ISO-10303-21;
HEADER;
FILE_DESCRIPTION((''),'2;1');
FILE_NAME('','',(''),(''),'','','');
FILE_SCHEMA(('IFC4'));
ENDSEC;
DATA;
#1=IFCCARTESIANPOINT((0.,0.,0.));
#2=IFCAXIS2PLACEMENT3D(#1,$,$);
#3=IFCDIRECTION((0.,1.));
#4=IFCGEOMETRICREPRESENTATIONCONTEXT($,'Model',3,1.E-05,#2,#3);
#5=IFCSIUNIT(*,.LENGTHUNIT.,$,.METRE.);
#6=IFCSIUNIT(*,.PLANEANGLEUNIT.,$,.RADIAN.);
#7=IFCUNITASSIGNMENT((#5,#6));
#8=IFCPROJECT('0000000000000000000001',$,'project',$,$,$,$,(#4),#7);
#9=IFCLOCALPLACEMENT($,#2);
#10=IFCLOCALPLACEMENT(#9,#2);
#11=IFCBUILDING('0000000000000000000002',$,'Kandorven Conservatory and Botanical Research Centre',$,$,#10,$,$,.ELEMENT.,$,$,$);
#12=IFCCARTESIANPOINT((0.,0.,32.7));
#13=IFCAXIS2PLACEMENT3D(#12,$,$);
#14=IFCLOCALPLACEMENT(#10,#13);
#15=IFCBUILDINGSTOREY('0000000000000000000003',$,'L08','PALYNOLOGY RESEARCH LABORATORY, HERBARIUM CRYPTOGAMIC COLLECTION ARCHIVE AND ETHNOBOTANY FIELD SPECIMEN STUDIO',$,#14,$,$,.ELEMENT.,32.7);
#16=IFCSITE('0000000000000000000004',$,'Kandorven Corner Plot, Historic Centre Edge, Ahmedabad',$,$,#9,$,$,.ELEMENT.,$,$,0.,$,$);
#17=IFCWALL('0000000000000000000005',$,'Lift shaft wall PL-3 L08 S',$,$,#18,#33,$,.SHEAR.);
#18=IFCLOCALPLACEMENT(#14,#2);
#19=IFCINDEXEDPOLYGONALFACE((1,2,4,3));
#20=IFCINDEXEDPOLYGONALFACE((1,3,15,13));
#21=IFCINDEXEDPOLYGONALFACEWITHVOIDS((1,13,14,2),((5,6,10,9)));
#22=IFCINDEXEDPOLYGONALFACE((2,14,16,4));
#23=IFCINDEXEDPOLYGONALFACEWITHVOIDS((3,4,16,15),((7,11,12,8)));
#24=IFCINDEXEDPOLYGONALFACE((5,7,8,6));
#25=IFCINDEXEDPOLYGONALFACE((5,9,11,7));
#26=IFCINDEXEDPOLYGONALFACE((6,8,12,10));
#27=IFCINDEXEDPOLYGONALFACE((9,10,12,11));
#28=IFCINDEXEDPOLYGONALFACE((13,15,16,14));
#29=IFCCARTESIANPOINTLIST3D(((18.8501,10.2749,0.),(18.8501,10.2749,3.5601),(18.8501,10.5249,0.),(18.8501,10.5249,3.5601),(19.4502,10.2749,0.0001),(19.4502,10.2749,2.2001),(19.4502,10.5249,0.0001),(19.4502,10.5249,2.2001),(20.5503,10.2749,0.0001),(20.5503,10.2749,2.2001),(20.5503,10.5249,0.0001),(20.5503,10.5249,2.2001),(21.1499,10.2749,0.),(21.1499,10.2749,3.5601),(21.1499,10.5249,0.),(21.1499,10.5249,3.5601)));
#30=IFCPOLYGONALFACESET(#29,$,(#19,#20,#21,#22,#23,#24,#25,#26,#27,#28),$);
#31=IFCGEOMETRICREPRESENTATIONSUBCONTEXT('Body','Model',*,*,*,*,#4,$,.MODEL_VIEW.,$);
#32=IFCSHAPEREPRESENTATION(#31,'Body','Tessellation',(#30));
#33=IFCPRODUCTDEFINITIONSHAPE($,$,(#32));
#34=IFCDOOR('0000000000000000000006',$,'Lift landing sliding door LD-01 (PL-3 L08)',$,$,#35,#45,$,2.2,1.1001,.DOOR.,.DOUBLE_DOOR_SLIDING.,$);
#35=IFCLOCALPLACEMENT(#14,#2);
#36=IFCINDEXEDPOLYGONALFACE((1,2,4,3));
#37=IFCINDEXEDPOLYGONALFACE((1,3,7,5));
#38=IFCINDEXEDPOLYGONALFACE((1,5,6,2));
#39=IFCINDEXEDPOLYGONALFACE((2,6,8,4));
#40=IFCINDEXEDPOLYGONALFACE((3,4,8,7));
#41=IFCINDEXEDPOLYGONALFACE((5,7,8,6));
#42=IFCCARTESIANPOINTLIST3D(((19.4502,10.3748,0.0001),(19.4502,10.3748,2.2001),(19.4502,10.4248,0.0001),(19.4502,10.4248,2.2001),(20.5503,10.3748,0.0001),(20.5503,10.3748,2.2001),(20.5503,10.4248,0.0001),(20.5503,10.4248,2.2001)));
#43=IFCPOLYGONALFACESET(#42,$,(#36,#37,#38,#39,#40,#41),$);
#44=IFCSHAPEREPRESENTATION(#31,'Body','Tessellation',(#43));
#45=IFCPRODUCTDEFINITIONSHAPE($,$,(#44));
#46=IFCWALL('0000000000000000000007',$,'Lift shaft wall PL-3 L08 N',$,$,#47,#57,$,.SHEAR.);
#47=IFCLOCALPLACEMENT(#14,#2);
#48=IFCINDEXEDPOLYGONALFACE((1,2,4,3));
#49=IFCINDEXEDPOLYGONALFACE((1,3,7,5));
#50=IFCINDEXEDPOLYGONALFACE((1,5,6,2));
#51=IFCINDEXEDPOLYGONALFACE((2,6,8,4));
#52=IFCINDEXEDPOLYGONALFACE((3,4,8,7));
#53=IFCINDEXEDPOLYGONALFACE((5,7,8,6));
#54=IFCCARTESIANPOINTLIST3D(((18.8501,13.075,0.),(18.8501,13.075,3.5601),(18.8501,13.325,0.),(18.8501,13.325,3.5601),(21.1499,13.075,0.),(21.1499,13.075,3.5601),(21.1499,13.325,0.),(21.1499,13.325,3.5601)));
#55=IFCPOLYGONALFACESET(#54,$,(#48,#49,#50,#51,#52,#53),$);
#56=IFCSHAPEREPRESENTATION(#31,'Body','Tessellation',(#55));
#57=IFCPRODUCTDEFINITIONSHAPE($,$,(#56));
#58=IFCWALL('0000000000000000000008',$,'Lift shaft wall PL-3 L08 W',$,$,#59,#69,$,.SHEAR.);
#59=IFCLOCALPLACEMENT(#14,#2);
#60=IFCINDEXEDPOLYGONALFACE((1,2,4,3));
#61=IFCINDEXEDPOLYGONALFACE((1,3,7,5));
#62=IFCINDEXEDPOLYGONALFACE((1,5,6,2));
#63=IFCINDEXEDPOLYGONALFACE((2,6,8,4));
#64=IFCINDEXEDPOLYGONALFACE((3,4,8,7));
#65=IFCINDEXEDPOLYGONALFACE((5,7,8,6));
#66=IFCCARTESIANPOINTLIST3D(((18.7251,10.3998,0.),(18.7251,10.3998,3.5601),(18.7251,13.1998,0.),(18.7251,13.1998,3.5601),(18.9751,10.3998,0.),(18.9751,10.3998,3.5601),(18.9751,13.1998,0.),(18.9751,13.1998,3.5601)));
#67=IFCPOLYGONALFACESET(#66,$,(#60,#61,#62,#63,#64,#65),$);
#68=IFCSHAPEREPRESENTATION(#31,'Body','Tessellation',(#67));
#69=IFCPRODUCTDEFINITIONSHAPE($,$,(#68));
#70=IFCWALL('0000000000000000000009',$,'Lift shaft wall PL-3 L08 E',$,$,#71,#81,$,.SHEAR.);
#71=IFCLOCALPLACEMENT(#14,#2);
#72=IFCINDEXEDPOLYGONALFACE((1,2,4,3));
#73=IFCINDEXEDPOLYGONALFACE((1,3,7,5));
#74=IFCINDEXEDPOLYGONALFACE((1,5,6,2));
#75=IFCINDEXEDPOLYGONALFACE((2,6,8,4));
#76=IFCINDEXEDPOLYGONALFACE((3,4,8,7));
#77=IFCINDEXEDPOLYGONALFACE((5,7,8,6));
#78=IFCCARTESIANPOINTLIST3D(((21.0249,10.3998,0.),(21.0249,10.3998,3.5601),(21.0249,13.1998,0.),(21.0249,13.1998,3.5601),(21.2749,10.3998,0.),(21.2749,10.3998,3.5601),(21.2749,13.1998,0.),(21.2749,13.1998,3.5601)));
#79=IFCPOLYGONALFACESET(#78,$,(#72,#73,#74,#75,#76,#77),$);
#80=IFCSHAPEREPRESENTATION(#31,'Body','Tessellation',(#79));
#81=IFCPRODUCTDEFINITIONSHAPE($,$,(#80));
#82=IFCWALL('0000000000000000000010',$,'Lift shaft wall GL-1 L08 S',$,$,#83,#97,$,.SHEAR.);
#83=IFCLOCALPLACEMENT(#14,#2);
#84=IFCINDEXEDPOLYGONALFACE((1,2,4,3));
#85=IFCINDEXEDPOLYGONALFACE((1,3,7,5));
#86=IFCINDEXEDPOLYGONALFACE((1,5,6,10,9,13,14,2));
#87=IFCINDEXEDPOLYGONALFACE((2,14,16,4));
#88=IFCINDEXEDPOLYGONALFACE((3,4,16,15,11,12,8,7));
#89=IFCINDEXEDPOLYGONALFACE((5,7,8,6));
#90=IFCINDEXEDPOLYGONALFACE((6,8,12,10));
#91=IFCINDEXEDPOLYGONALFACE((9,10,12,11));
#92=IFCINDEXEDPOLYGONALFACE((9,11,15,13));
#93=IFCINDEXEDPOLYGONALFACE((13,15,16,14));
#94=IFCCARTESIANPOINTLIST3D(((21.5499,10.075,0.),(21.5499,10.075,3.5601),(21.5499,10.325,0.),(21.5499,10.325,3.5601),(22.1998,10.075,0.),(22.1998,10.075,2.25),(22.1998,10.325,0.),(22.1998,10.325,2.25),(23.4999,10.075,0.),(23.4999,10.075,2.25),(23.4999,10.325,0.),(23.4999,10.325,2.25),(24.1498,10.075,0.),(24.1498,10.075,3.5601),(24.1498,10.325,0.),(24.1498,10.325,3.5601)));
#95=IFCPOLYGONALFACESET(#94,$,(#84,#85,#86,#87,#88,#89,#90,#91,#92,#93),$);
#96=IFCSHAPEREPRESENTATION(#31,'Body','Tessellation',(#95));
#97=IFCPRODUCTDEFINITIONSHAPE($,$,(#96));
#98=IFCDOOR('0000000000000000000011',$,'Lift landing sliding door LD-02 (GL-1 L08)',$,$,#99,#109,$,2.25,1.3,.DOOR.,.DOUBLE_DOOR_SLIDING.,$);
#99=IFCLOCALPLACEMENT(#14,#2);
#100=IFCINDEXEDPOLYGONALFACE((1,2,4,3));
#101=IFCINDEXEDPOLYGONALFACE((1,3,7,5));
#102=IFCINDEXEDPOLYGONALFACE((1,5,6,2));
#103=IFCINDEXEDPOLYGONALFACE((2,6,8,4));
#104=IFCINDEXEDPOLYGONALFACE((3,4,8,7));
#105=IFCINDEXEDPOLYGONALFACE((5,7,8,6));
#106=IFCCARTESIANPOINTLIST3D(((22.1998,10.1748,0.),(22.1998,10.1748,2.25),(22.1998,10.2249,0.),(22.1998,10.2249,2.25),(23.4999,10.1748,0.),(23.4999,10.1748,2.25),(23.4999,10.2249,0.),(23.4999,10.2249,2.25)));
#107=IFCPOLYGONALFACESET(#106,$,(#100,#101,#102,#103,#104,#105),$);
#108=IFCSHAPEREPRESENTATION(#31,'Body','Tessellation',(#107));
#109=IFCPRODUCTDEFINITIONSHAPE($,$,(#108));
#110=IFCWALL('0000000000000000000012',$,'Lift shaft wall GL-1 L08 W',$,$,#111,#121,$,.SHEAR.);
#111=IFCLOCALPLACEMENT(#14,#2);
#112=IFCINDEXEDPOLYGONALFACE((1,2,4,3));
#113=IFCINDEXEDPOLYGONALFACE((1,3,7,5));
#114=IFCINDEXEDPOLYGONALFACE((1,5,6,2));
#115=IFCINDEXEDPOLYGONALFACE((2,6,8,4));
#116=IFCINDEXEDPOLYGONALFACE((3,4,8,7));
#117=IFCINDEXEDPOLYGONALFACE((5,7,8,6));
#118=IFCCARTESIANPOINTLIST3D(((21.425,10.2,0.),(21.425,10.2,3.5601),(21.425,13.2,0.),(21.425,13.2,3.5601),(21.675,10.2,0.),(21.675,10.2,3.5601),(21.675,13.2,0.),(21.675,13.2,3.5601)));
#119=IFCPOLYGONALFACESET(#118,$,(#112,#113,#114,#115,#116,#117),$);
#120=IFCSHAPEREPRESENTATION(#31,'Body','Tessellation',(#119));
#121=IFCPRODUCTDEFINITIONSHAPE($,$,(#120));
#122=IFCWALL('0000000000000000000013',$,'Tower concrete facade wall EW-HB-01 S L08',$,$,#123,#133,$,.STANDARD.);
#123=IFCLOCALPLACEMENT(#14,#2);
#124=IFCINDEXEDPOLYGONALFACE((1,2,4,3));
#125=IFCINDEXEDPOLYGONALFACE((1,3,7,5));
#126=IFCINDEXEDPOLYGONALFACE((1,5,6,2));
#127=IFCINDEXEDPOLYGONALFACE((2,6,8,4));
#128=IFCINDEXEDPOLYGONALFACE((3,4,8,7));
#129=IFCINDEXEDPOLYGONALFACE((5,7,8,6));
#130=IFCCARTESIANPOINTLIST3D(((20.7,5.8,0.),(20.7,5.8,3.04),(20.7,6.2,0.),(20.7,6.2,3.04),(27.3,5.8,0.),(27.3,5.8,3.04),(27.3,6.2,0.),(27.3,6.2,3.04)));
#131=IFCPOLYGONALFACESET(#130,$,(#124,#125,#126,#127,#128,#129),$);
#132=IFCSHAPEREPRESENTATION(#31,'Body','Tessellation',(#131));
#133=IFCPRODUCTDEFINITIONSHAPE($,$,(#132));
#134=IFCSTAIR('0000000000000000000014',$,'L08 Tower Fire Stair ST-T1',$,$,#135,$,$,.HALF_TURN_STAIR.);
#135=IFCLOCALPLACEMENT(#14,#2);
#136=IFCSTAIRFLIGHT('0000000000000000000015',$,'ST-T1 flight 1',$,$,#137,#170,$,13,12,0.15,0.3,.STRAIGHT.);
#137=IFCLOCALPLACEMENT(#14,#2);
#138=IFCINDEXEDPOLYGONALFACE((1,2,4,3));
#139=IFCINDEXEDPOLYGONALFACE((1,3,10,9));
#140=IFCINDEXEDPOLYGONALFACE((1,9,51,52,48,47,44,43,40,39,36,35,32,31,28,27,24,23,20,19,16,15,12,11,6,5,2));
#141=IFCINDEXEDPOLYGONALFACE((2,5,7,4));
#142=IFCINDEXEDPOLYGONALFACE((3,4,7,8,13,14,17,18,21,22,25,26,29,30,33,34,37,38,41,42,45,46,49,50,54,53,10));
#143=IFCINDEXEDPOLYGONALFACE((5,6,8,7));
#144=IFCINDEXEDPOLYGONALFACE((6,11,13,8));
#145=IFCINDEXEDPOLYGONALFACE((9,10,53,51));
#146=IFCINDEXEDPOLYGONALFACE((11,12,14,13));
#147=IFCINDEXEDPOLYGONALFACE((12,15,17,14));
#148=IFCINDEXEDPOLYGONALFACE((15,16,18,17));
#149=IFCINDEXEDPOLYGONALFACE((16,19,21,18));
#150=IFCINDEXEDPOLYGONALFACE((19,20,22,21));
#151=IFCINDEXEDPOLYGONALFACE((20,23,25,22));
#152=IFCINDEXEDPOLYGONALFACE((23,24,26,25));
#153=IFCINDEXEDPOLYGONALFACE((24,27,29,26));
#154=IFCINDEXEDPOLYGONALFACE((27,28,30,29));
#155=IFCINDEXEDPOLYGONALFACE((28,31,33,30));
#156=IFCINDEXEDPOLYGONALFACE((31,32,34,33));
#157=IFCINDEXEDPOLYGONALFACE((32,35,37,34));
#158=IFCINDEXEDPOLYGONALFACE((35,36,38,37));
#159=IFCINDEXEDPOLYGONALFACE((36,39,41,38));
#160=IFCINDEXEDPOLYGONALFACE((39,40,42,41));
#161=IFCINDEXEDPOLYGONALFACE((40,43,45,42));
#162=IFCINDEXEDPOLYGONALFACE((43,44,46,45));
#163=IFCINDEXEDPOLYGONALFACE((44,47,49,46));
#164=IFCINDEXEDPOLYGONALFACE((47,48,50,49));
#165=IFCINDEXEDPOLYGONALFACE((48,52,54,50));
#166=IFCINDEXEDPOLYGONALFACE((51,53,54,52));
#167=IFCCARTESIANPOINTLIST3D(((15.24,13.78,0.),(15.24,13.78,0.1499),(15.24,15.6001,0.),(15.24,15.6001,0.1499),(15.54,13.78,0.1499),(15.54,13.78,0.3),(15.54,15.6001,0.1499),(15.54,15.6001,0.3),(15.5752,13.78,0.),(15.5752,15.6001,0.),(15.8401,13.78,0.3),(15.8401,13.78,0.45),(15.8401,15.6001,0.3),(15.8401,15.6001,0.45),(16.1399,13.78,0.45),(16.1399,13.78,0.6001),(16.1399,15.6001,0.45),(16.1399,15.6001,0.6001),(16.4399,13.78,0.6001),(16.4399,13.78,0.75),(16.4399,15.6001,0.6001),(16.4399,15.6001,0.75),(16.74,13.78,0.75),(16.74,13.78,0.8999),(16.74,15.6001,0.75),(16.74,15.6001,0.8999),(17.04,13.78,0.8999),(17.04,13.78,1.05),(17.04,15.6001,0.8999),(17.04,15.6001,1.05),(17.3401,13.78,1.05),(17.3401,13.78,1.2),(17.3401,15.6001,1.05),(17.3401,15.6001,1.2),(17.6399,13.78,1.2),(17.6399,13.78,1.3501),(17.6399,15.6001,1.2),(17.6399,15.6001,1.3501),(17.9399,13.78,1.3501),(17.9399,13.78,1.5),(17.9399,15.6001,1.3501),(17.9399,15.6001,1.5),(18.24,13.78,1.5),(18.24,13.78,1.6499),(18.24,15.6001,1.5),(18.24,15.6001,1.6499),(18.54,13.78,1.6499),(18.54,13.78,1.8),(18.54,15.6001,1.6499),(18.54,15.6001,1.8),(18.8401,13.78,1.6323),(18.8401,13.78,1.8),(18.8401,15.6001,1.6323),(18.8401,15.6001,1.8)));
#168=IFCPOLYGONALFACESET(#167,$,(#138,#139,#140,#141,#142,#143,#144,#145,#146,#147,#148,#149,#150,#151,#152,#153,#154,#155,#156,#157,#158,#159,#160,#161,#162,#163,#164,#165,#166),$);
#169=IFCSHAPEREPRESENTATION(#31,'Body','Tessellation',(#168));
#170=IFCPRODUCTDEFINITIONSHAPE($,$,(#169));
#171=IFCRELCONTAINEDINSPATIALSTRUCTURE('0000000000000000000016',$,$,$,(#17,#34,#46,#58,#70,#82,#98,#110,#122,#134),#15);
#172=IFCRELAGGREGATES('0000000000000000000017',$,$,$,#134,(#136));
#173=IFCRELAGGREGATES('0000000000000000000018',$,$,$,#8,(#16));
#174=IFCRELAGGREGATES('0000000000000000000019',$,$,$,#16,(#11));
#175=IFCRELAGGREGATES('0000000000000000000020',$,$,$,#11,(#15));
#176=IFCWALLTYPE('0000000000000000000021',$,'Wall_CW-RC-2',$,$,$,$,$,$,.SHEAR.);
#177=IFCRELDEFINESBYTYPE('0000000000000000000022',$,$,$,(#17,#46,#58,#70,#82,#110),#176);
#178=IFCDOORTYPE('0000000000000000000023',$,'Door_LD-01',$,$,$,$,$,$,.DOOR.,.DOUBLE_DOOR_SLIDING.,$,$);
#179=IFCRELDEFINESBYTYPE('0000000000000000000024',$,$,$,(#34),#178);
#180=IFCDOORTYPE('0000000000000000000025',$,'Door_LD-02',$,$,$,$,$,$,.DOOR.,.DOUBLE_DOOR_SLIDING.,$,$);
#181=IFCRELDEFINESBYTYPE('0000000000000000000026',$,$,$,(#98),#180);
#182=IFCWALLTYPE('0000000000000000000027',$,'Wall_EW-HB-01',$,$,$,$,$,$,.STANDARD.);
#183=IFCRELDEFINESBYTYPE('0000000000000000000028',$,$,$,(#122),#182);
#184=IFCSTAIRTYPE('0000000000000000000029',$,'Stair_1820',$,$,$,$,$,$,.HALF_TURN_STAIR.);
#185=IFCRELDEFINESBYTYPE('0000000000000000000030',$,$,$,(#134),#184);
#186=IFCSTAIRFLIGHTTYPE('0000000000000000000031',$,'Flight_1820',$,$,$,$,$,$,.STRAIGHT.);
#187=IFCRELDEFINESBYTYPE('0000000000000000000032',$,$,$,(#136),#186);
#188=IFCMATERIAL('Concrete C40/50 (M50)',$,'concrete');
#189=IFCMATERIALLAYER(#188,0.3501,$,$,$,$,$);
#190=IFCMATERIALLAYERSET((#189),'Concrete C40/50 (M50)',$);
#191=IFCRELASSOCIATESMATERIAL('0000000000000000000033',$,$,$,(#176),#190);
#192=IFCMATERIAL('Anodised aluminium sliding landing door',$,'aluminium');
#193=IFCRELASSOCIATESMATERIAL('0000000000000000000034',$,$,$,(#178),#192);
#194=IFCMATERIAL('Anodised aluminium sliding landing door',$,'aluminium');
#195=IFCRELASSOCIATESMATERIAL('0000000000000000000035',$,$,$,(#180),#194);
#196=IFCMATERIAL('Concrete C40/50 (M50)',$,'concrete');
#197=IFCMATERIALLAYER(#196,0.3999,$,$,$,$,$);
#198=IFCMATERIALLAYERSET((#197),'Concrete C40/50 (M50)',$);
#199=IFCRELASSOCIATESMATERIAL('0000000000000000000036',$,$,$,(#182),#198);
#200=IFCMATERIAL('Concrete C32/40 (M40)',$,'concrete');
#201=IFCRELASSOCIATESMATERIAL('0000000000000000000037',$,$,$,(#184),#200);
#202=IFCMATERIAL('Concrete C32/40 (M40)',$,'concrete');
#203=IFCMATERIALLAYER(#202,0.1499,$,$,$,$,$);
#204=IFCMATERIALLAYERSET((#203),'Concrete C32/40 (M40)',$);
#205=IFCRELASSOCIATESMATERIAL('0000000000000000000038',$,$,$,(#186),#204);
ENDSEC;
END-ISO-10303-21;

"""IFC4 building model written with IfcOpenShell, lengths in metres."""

from ifc_helpers import new_model, si_unit, direction, frame, frame_2d, origin, place, context, subcontext, project, spatial, polyline, rectangle, outline, extrude, material, layer, layer_set, type_object, element, fill, aggregate, save


model = new_model("IFC4")

# Units and contexts
model_context = context("Model", 3, precision=1e-05, world=origin(), true_north=direction((0.0, 1.0)))
body_context = subcontext(model_context, "Body", "Model", "MODEL_VIEW")
ifc_project = project(units=[si_unit("LENGTHUNIT", "METRE"), si_unit("PLANEANGLEUNIT", "RADIAN")], contexts=[model_context])

# Site, building, storey
site_placement = place(None, origin())
site = spatial("IfcSite", under=ifc_project, at=site_placement, Name="Kandorven Corner Plot, Historic Centre Edge, Ahmedabad", CompositionType="ELEMENT", RefElevation=0.0)
building_placement = place(site_placement, origin())
building = spatial("IfcBuilding", under=site, at=building_placement, Name="Kandorven Conservatory and Botanical Research Centre", CompositionType="ELEMENT")
storey_placement = place(building_placement, frame((0.0, 0.0, 32.7)))
storey = spatial("IfcBuildingStorey", under=building, at=storey_placement, Name="L08", Description="PALYNOLOGY RESEARCH LABORATORY, HERBARIUM CRYPTOGAMIC COLLECTION ARCHIVE AND ETHNOBOTANY FIELD SPECIMEN STUDIO", CompositionType="ELEMENT", Elevation=32.7)

# Shared definitions
ifc_material_1 = material(Name="Concrete C40/50 (M50)", Category="concrete")
ifc_layer_1 = layer(ifc_material_1, 0.3501)
ifc_layer_set_1 = layer_set([ifc_layer_1], Name="Concrete C40/50 (M50)")
wall_type_1 = type_object("IfcWallType", Name="Wall_CW-RC-2", PredefinedType="SHEAR", material=ifc_layer_set_1)

# Shared definitions
ifc_material_2 = material(Name="Anodised aluminium sliding landing door", Category="aluminium")
door_type_1 = type_object("IfcDoorType", Name="Door_LD-01", OperationType="DOUBLE_DOOR_SLIDING", PredefinedType="DOOR", material=ifc_material_2)

# Wall, opening, door
wall_1_placement = place(storey_placement, frame((18.8501, 10.3999, 0.0), z_axis=(0.0, 0.0, 1.0), x_axis=(1.0, 0.0, 0.0)))
wall_1 = element("IfcWall", 1, at=wall_1_placement, inside=storey, type_object=wall_type_1, Name="Lift shaft wall PL-3 L08 S", PredefinedType="SHEAR", context=body_context, shape_type="SweptSolid", body=[
    extrude(rectangle(XDim=2.2998, YDim=0.25, at=frame_2d((1.1499, 0.0))), origin(), (0.0, 0.0, 1.0), 3.5601),
])
opening_1_placement = place(wall_1_placement, frame((0.6001, 0.0, 0.0)))
opening_1 = element("IfcOpeningElement", 2, at=opening_1_placement, cuts=wall_1, PredefinedType="OPENING", context=body_context, shape_type="SweptSolid", body=[
    extrude(rectangle(XDim=1.1001, YDim=2.2, at=frame_2d((0.55, 1.1001))), frame((0.0, 0.135, 0.0), z_axis=(0.0, -1.0, 0.0), x_axis=(1.0, 0.0, 0.0)), (0.0, 0.0, 1.0), 0.27),
])
door_1_placement = place(opening_1_placement, origin())
door_1 = element("IfcDoor", 3, at=door_1_placement, inside=storey, type_object=door_type_1, Name="Lift landing sliding door LD-01 (PL-3 L08)", OperationType="DOUBLE_DOOR_SLIDING", OverallHeight=2.2, OverallWidth=1.1001, PredefinedType="DOOR", context=body_context, shape_type="SweptSolid", body=[
    extrude(rectangle(XDim=1.1001, YDim=2.2, at=frame_2d((0.55, 1.1001))), frame((0.0, 0.0249, 0.0), z_axis=(0.0, -1.0, 0.0), x_axis=(1.0, 0.0, 0.0)), (0.0, 0.0, 1.0), 0.05),
])
fill(opening_1, door_1)

# Walls
wall_2_placement = place(storey_placement, frame((18.8501, 13.2, 0.0), z_axis=(0.0, 0.0, 1.0), x_axis=(1.0, 0.0, 0.0)))
element("IfcWall", 4, at=wall_2_placement, inside=storey, type_object=wall_type_1, Name="Lift shaft wall PL-3 L08 N", PredefinedType="SHEAR", context=body_context, shape_type="SweptSolid", body=[
    extrude(rectangle(XDim=2.2998, YDim=0.25, at=frame_2d((1.1499, 0.0))), origin(), (0.0, 0.0, 1.0), 3.5601),
])
for number, where, z_axis, x_axis, name in (
    (5, (18.8501, 10.3999, 0.0), (0.0, 0.0, 1.0), (0.0, 1.0, 0.0), "Lift shaft wall PL-3 L08 W"),
    (6, (21.1499, 10.3999, 0.0), (0.0, 0.0, 1.0), (0.0, 1.0, 0.0), "Lift shaft wall PL-3 L08 E"),
):
    element("IfcWall", number, at=place(storey_placement, frame(where, z_axis=z_axis, x_axis=x_axis)), inside=storey, type_object=wall_type_1, Name=name, PredefinedType="SHEAR", context=body_context, shape_type="SweptSolid", body=[
        extrude(rectangle(XDim=2.8, YDim=0.25, at=frame_2d((1.3999, 0.0))), origin(), (0.0, 0.0, 1.0), 3.5601),
    ])

# Wall, opening, door
wall_3_placement = place(storey_placement, frame((21.55, 10.2, 0.0), z_axis=(0.0, 0.0, 1.0), x_axis=(1.0, 0.0, 0.0)))
wall_3 = element("IfcWall", 7, at=wall_3_placement, inside=storey, type_object=wall_type_1, Name="Lift shaft wall GL-1 L08 S", PredefinedType="SHEAR", context=body_context, shape_type="SweptSolid", body=[
    extrude(rectangle(XDim=2.5999, YDim=0.25, at=frame_2d((1.2998, 0.0))), origin(), (0.0, 0.0, 1.0), 3.5601),
])
opening_2_placement = place(wall_3_placement, frame((0.6499, 0.0, 0.0)))
opening_2 = element("IfcOpeningElement", 8, at=opening_2_placement, cuts=wall_3, PredefinedType="OPENING", context=body_context, shape_type="SweptSolid", body=[
    extrude(rectangle(XDim=1.3, YDim=2.25, at=frame_2d((0.6499, 1.125))), frame((0.0, 0.135, 0.0), z_axis=(0.0, -1.0, 0.0), x_axis=(1.0, 0.0, 0.0)), (0.0, 0.0, 1.0), 0.27),
])
ifc_material_3 = material(Name="Anodised aluminium sliding landing door", Category="aluminium")
door_type_2 = type_object("IfcDoorType", Name="Door_LD-02", OperationType="DOUBLE_DOOR_SLIDING", PredefinedType="DOOR", material=ifc_material_3)
door_2_placement = place(opening_2_placement, origin())
door_2 = element("IfcDoor", 9, at=door_2_placement, inside=storey, type_object=door_type_2, Name="Lift landing sliding door LD-02 (GL-1 L08)", OperationType="DOUBLE_DOOR_SLIDING", OverallHeight=2.25, OverallWidth=1.3, PredefinedType="DOOR", context=body_context, shape_type="SweptSolid", body=[
    extrude(rectangle(XDim=1.3, YDim=2.25, at=frame_2d((0.6499, 1.125))), frame((0.0, 0.0249, 0.0), z_axis=(0.0, -1.0, 0.0), x_axis=(1.0, 0.0, 0.0)), (0.0, 0.0, 1.0), 0.05),
])
fill(opening_2, door_2)

# Walls
wall_4_placement = place(storey_placement, frame((21.55, 10.2, 0.0), z_axis=(0.0, 0.0, 1.0), x_axis=(0.0, 1.0, 0.0)))
element("IfcWall", 10, at=wall_4_placement, inside=storey, type_object=wall_type_1, Name="Lift shaft wall GL-1 L08 W", PredefinedType="SHEAR", context=body_context, shape_type="SweptSolid", body=[
    extrude(rectangle(XDim=3.0, YDim=0.25, at=frame_2d((1.5, 0.0))), origin(), (0.0, 0.0, 1.0), 3.5601),
])
ifc_material_4 = material(Name="Concrete C40/50 (M50)", Category="concrete")
ifc_layer_2 = layer(ifc_material_4, 0.3999)
ifc_layer_set_2 = layer_set([ifc_layer_2], Name="Concrete C40/50 (M50)")
wall_type_2 = type_object("IfcWallType", Name="Wall_EW-HB-01", PredefinedType="STANDARD", material=ifc_layer_set_2)
wall_5_placement = place(storey_placement, frame((20.7, 6.0, 0.0), z_axis=(0.0, 0.0, 1.0), x_axis=(1.0, 0.0, 0.0)))
element("IfcWall", 11, at=wall_5_placement, inside=storey, type_object=wall_type_2, Name="Tower concrete facade wall EW-HB-01 S L08", PredefinedType="STANDARD", context=body_context, shape_type="SweptSolid", body=[
    extrude(rectangle(XDim=6.6001, YDim=0.3999, at=frame_2d((3.3, 0.0))), origin(), (0.0, 0.0, 1.0), 3.04),
])

# Stair, stair flight
ifc_material_5 = material(Name="Concrete C32/40 (M40)", Category="concrete")
stair_type = type_object("IfcStairType", Name="Stair_1820", PredefinedType="HALF_TURN_STAIR", material=ifc_material_5)
stair_placement = place(storey_placement, origin())
stair = element("IfcStair", 12, at=stair_placement, inside=storey, type_object=stair_type, Name="L08 Tower Fire Stair ST-T1", PredefinedType="HALF_TURN_STAIR")
ifc_material_6 = material(Name="Concrete C32/40 (M40)", Category="concrete")
ifc_layer_3 = layer(ifc_material_6, 0.1499)
ifc_layer_set_3 = layer_set([ifc_layer_3], Name="Concrete C32/40 (M40)")
stair_flight_type = type_object("IfcStairFlightType", Name="Flight_1820", PredefinedType="STRAIGHT", material=ifc_layer_set_3)
stair_flight_1_placement = place(storey_placement, frame((15.24, 14.6899, 0.0), z_axis=(0.0, 0.0, 1.0), x_axis=(1.0, 0.0, 0.0)))
stair_flight_1 = element("IfcStairFlight", 13, at=stair_flight_1_placement, type_object=stair_flight_type, Name="ST-T1 flight 1", NumberOfRisers=13, NumberOfTreads=12, PredefinedType="STRAIGHT", RiserHeight=0.15, TreadLength=0.3, context=body_context, shape_type="SweptSolid", body=[
    extrude(outline(polyline([(0.0, 0.0), (0.0, 0.1499), (0.3, 0.1499), (0.3, 0.3), (0.6001, 0.3), (0.6001, 0.45), (0.8999, 0.45), (0.8999, 0.6001), (1.2, 0.6001), (1.2, 0.75), (1.5, 0.75), (1.5, 0.8999), (1.8, 0.8999), (1.8, 1.05), (2.1001, 1.05), (2.1001, 1.2), (2.3999, 1.2), (2.3999, 1.3501), (2.7, 1.3501), (2.7, 1.5), (3.0, 1.5), (3.0, 1.6499), (3.3, 1.6499), (3.3, 1.8), (3.6001, 1.8), (3.6001, 1.95), (3.6001, 1.6323), (0.3352, 0.0), (0.0, 0.0)])), frame((0.0, 0.9102, 0.0), z_axis=(0.0, -1.0, 0.0), x_axis=(1.0, 0.0, 0.0)), (0.0, 0.0, 1.0), 1.8201),
])
aggregate(stair, [stair_flight_1])

save(model, "model.ifc")
